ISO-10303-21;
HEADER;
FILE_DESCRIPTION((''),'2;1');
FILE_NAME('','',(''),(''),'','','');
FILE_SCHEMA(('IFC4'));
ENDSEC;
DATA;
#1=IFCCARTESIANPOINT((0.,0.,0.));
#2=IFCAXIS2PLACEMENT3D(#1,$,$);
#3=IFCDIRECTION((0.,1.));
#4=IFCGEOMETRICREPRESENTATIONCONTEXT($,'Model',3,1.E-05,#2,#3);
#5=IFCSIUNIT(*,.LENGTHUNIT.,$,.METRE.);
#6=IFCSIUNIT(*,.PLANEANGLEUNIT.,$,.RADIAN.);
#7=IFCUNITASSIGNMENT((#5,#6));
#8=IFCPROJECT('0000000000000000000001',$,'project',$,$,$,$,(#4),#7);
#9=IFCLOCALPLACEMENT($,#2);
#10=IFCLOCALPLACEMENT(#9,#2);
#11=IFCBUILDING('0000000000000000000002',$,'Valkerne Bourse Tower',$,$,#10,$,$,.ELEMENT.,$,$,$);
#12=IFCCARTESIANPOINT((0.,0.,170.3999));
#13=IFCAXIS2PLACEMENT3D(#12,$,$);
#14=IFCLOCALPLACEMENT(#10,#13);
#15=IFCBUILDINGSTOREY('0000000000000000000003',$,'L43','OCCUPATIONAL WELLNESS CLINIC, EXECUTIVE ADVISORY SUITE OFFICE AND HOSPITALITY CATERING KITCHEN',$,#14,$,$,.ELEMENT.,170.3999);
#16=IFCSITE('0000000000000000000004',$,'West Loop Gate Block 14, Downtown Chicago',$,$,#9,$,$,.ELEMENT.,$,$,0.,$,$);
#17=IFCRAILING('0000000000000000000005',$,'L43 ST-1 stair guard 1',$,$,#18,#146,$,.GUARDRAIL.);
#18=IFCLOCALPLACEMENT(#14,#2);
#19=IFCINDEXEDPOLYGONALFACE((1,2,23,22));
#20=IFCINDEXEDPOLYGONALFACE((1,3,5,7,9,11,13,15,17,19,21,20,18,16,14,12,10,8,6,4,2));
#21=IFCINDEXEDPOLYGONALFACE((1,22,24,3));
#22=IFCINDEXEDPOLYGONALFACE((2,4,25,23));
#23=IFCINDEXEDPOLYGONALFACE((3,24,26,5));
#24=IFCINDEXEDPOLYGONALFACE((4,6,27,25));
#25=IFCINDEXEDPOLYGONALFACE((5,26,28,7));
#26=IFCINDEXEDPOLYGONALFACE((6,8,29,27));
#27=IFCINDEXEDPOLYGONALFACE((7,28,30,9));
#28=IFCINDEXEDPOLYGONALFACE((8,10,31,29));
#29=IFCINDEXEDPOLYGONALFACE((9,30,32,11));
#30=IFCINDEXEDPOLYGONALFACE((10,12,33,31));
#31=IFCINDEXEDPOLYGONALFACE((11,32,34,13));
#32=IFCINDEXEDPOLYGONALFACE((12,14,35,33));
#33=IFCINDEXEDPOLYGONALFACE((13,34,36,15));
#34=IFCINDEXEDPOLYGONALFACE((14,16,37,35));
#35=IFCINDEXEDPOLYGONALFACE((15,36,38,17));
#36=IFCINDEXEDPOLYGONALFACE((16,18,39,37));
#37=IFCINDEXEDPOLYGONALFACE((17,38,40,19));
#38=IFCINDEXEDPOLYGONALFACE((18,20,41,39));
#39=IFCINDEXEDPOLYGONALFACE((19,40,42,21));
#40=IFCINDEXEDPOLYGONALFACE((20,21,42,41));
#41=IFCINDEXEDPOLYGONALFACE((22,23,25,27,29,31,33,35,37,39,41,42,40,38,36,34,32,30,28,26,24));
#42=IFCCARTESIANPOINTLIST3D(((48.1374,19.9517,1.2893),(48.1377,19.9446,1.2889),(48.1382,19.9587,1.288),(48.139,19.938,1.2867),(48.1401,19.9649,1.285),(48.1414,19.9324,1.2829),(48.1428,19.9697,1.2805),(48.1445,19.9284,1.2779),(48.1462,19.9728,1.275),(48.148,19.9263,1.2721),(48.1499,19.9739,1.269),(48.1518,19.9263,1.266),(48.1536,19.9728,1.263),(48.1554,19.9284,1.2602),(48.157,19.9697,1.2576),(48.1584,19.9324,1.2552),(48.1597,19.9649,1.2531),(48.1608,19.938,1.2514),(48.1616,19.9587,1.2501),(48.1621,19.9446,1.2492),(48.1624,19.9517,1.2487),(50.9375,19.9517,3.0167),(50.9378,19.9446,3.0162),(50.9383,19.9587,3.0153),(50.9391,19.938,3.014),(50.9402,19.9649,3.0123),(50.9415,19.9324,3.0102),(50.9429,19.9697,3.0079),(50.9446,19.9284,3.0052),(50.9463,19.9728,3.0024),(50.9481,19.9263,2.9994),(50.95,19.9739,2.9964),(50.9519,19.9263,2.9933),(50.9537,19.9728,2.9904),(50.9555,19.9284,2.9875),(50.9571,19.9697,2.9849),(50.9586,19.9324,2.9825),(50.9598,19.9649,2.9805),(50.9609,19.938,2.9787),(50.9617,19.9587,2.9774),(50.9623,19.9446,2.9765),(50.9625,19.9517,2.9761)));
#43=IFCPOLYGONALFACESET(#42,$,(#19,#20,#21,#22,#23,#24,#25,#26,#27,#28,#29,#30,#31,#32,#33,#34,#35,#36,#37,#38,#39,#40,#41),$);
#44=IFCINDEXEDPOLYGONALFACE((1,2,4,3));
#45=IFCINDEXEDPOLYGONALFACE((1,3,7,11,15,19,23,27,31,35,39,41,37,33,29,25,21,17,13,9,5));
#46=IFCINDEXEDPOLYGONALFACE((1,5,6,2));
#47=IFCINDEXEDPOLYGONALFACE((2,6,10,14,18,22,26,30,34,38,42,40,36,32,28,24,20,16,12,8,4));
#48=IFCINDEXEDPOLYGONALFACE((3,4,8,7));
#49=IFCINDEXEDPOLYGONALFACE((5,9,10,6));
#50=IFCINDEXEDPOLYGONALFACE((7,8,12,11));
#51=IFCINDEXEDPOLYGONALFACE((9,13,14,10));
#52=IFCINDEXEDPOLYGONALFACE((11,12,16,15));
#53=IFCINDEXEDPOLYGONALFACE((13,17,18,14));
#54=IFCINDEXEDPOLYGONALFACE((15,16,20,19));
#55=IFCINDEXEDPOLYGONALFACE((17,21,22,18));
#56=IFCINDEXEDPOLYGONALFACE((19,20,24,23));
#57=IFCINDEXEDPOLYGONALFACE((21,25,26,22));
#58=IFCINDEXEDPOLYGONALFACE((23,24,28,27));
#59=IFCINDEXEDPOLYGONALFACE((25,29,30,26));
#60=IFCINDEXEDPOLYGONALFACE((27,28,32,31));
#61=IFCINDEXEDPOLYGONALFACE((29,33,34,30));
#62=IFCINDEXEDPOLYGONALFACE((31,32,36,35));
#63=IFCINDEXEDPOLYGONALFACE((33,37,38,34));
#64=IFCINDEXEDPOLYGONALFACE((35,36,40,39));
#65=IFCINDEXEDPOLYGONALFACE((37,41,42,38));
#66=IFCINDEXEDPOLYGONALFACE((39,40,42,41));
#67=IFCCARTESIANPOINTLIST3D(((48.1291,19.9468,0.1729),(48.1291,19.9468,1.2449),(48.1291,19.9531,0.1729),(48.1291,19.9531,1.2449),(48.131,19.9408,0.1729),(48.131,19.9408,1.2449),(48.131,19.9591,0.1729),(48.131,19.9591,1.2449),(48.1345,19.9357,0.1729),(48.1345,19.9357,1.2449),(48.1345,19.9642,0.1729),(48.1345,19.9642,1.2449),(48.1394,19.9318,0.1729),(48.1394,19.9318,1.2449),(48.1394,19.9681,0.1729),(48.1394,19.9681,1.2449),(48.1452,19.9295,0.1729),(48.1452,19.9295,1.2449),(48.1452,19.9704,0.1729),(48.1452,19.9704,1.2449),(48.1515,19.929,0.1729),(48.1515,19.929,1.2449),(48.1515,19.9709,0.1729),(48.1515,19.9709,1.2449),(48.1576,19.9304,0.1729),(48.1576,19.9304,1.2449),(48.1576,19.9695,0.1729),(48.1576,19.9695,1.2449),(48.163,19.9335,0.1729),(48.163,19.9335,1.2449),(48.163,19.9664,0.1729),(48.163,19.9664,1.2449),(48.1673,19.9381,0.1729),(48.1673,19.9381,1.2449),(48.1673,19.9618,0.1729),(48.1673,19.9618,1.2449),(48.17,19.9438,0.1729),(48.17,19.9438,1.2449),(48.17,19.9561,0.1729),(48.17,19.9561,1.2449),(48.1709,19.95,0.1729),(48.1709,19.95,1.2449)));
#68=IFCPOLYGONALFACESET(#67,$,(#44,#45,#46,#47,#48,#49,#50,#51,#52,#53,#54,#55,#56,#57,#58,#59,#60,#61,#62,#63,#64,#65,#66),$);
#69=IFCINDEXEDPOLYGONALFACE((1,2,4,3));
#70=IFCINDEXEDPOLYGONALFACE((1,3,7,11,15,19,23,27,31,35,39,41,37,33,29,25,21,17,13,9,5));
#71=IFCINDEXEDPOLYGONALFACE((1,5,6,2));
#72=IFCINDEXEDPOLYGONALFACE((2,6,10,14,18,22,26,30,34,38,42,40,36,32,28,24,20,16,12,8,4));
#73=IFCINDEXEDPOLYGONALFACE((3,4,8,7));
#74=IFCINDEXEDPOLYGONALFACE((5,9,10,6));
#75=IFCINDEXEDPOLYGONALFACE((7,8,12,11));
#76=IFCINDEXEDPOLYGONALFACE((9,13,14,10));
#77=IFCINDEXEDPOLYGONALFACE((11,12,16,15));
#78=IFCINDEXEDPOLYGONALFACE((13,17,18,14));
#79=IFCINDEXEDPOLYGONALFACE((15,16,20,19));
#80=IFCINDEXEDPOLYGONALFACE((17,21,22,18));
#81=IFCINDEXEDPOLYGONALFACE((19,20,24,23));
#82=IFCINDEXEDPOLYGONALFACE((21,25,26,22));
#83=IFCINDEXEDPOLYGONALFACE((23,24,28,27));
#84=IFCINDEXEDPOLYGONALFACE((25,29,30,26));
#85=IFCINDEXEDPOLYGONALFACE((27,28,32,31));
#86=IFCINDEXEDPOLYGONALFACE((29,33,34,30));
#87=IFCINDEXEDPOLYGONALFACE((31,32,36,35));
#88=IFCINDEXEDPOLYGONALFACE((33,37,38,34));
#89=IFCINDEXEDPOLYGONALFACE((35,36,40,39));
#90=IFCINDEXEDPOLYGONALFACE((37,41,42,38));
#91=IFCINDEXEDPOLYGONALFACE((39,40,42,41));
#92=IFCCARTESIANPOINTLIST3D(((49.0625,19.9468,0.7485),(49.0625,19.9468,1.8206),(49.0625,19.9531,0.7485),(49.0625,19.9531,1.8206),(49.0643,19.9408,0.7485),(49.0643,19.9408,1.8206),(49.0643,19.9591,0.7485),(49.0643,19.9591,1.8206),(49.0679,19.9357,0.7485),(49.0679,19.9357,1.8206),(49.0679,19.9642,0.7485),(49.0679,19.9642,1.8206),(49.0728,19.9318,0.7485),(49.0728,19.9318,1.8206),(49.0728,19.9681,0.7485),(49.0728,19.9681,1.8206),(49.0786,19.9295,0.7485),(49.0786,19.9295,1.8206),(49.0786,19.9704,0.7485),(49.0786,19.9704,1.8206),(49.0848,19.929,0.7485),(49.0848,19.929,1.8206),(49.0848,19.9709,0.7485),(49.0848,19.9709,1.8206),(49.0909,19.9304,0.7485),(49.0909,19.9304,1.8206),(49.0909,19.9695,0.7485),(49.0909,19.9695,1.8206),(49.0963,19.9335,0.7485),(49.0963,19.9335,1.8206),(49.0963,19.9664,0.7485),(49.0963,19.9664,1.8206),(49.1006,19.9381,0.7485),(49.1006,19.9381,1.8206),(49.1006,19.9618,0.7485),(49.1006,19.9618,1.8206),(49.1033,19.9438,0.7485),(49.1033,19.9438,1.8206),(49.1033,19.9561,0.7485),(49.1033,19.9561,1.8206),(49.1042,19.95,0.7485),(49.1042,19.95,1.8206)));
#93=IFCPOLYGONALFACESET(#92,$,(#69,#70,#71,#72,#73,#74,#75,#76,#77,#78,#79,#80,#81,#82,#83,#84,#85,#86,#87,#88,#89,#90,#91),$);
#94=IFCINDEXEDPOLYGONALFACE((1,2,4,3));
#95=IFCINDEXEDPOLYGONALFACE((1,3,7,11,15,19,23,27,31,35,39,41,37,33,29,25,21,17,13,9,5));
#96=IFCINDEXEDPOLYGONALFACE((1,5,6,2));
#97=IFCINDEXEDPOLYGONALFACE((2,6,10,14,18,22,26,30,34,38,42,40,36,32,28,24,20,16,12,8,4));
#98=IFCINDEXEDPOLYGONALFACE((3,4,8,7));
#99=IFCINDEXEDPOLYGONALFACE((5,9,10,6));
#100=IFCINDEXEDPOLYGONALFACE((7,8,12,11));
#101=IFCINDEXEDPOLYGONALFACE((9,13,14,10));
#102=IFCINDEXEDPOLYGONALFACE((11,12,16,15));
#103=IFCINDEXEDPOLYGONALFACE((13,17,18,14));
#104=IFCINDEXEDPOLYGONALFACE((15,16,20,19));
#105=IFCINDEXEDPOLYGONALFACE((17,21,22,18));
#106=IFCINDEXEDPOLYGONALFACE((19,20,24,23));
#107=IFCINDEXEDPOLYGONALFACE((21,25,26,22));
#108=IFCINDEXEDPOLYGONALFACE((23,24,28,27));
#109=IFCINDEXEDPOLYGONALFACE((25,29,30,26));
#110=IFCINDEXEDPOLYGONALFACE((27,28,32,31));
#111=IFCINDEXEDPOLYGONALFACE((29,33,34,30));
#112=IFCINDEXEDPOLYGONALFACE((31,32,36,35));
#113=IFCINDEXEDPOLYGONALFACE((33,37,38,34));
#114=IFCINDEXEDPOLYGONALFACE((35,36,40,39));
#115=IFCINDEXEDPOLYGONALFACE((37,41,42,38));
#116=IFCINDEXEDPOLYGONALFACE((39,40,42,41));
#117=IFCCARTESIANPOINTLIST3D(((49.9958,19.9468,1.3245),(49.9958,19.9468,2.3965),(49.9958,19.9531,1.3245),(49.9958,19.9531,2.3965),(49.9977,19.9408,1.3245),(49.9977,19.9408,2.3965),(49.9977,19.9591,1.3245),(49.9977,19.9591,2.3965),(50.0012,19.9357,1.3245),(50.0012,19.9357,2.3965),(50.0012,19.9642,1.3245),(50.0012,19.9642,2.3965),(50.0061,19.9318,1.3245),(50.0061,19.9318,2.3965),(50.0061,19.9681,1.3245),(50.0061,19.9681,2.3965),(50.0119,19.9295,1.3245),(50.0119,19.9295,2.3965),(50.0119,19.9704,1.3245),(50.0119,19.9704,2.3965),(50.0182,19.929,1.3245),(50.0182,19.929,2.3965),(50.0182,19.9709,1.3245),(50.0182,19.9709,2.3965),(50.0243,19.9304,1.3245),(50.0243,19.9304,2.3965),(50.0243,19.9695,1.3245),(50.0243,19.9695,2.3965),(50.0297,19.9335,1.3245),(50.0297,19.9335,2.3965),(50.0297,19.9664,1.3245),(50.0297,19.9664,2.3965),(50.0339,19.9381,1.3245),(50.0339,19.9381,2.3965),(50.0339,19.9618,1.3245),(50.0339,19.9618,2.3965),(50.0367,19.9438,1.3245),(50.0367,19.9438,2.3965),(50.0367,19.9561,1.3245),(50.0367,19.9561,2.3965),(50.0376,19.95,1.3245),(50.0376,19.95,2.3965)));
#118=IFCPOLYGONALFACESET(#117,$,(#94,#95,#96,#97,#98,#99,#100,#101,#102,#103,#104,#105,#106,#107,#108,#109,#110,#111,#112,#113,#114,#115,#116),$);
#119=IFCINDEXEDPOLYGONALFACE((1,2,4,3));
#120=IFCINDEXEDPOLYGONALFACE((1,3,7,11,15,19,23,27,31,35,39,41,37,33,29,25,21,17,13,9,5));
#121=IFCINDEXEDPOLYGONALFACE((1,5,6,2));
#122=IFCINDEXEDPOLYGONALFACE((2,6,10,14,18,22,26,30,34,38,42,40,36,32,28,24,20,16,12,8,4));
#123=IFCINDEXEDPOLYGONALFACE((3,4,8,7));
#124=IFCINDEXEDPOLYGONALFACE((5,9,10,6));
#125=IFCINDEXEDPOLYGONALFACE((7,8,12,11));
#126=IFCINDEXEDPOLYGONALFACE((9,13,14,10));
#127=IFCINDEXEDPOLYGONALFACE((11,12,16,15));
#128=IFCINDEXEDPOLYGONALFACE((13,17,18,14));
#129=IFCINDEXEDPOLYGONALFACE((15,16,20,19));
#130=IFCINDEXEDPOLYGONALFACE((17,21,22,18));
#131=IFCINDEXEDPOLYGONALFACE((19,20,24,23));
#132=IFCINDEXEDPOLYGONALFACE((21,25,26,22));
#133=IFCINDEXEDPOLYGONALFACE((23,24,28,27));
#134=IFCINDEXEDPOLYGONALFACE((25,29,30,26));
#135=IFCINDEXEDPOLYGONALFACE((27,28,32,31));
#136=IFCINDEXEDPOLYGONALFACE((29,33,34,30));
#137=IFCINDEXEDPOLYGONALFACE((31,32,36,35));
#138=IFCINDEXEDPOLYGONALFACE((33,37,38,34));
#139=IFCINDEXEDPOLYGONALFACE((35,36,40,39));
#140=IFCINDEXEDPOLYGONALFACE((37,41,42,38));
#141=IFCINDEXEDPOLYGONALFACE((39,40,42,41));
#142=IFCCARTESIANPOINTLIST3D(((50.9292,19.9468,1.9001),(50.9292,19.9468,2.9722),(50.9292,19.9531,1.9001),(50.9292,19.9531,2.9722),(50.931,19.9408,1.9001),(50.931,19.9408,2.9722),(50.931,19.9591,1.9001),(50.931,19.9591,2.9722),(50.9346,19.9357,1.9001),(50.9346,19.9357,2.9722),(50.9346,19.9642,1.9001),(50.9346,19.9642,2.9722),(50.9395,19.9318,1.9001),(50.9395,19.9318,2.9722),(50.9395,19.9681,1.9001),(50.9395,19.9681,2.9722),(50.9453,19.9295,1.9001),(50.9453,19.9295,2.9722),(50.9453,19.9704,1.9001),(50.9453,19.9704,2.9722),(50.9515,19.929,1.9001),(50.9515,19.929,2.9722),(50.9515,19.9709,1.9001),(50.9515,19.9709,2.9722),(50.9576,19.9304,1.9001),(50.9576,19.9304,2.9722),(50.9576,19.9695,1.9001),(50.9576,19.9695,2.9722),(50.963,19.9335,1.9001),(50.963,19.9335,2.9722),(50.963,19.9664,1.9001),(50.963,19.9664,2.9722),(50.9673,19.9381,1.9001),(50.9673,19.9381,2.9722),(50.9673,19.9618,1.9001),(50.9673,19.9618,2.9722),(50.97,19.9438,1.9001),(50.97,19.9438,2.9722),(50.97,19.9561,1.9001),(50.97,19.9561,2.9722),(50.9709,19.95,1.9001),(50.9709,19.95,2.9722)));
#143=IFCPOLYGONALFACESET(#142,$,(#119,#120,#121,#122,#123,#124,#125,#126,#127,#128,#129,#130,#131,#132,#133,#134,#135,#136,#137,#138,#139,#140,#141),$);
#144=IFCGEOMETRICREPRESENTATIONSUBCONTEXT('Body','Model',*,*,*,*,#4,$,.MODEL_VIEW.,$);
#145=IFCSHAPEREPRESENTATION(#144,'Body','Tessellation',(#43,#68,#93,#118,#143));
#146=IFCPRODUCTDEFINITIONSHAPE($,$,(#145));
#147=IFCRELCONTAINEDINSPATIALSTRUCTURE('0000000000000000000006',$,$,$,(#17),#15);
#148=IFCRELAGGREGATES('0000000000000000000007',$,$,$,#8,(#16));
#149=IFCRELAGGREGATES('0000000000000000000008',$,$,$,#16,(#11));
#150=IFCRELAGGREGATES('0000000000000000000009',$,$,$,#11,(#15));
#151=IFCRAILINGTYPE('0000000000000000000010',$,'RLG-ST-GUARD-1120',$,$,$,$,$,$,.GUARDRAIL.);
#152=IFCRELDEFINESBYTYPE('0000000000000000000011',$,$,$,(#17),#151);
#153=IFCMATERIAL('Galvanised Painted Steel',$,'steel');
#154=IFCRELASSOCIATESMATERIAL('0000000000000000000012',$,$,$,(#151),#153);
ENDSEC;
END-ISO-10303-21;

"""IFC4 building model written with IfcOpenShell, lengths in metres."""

from ifc_helpers import new_model, si_unit, direction, frame, origin, origin_2d, place, context, subcontext, project, spatial, circle, extrude, material, type_object, element, save


model = new_model("IFC4")

# Units and contexts
model_context = context("Model", 3, precision=1e-05, world=origin(), true_north=direction((0.0, 1.0)))
body_context = subcontext(model_context, "Body", "Model", "MODEL_VIEW")
ifc_project = project(units=[si_unit("LENGTHUNIT", "METRE"), si_unit("PLANEANGLEUNIT", "RADIAN")], contexts=[model_context])

# Site, building, storey
site_placement = place(None, origin())
site = spatial("IfcSite", under=ifc_project, at=site_placement, Name="West Loop Gate Block 14, Downtown Chicago", CompositionType="ELEMENT", RefElevation=0.0)
building_placement = place(site_placement, origin())
building = spatial("IfcBuilding", under=site, at=building_placement, Name="Valkerne Bourse Tower", CompositionType="ELEMENT")
storey_placement = place(building_placement, frame((0.0, 0.0, 170.3999)))
storey = spatial("IfcBuildingStorey", under=building, at=storey_placement, Name="L43", Description="OCCUPATIONAL WELLNESS CLINIC, EXECUTIVE ADVISORY SUITE OFFICE AND HOSPITALITY CATERING KITCHEN", CompositionType="ELEMENT", Elevation=170.3999)

# Shared definitions
ifc_material_1 = material(Name="Galvanised Painted Steel", Category="steel")

# Railing
railing_type_1 = type_object("IfcRailingType", Name="RLG-ST-GUARD-1120", PredefinedType="GUARDRAIL", material=ifc_material_1)
railing_1_placement = place(storey_placement, frame((48.1499, 19.95, 0.1729)))
element("IfcRailing", 1, at=railing_1_placement, inside=storey, type_object=railing_type_1, Name="L43 ST-1 stair guard 1", PredefinedType="GUARDRAIL", context=body_context, shape_type="SweptSolid", body=[
    extrude(circle(Radius=0.0239, at=origin_2d()), frame((0.0, 0.0, 1.0962), z_axis=(0.85109, 0.0, 0.52502), x_axis=(0.0, 1.0, 0.0)), (0.0, 0.0, 1.0), 3.29),
    extrude(circle(Radius=0.021, at=origin_2d()), origin(), (0.0, 0.0, 1.0), 1.072),
    extrude(circle(Radius=0.021, at=origin_2d()), frame((0.9333, 0.0, 0.5757)), (0.0, 0.0, 1.0), 1.072),
    extrude(circle(Radius=0.021, at=origin_2d()), frame((1.8667, 0.0, 1.1516)), (0.0, 0.0, 1.0), 1.072),
    extrude(circle(Radius=0.021, at=origin_2d()), frame((2.8, 0.0, 1.7273)), (0.0, 0.0, 1.0), 1.072),
])

save(model, "model.ifc")
